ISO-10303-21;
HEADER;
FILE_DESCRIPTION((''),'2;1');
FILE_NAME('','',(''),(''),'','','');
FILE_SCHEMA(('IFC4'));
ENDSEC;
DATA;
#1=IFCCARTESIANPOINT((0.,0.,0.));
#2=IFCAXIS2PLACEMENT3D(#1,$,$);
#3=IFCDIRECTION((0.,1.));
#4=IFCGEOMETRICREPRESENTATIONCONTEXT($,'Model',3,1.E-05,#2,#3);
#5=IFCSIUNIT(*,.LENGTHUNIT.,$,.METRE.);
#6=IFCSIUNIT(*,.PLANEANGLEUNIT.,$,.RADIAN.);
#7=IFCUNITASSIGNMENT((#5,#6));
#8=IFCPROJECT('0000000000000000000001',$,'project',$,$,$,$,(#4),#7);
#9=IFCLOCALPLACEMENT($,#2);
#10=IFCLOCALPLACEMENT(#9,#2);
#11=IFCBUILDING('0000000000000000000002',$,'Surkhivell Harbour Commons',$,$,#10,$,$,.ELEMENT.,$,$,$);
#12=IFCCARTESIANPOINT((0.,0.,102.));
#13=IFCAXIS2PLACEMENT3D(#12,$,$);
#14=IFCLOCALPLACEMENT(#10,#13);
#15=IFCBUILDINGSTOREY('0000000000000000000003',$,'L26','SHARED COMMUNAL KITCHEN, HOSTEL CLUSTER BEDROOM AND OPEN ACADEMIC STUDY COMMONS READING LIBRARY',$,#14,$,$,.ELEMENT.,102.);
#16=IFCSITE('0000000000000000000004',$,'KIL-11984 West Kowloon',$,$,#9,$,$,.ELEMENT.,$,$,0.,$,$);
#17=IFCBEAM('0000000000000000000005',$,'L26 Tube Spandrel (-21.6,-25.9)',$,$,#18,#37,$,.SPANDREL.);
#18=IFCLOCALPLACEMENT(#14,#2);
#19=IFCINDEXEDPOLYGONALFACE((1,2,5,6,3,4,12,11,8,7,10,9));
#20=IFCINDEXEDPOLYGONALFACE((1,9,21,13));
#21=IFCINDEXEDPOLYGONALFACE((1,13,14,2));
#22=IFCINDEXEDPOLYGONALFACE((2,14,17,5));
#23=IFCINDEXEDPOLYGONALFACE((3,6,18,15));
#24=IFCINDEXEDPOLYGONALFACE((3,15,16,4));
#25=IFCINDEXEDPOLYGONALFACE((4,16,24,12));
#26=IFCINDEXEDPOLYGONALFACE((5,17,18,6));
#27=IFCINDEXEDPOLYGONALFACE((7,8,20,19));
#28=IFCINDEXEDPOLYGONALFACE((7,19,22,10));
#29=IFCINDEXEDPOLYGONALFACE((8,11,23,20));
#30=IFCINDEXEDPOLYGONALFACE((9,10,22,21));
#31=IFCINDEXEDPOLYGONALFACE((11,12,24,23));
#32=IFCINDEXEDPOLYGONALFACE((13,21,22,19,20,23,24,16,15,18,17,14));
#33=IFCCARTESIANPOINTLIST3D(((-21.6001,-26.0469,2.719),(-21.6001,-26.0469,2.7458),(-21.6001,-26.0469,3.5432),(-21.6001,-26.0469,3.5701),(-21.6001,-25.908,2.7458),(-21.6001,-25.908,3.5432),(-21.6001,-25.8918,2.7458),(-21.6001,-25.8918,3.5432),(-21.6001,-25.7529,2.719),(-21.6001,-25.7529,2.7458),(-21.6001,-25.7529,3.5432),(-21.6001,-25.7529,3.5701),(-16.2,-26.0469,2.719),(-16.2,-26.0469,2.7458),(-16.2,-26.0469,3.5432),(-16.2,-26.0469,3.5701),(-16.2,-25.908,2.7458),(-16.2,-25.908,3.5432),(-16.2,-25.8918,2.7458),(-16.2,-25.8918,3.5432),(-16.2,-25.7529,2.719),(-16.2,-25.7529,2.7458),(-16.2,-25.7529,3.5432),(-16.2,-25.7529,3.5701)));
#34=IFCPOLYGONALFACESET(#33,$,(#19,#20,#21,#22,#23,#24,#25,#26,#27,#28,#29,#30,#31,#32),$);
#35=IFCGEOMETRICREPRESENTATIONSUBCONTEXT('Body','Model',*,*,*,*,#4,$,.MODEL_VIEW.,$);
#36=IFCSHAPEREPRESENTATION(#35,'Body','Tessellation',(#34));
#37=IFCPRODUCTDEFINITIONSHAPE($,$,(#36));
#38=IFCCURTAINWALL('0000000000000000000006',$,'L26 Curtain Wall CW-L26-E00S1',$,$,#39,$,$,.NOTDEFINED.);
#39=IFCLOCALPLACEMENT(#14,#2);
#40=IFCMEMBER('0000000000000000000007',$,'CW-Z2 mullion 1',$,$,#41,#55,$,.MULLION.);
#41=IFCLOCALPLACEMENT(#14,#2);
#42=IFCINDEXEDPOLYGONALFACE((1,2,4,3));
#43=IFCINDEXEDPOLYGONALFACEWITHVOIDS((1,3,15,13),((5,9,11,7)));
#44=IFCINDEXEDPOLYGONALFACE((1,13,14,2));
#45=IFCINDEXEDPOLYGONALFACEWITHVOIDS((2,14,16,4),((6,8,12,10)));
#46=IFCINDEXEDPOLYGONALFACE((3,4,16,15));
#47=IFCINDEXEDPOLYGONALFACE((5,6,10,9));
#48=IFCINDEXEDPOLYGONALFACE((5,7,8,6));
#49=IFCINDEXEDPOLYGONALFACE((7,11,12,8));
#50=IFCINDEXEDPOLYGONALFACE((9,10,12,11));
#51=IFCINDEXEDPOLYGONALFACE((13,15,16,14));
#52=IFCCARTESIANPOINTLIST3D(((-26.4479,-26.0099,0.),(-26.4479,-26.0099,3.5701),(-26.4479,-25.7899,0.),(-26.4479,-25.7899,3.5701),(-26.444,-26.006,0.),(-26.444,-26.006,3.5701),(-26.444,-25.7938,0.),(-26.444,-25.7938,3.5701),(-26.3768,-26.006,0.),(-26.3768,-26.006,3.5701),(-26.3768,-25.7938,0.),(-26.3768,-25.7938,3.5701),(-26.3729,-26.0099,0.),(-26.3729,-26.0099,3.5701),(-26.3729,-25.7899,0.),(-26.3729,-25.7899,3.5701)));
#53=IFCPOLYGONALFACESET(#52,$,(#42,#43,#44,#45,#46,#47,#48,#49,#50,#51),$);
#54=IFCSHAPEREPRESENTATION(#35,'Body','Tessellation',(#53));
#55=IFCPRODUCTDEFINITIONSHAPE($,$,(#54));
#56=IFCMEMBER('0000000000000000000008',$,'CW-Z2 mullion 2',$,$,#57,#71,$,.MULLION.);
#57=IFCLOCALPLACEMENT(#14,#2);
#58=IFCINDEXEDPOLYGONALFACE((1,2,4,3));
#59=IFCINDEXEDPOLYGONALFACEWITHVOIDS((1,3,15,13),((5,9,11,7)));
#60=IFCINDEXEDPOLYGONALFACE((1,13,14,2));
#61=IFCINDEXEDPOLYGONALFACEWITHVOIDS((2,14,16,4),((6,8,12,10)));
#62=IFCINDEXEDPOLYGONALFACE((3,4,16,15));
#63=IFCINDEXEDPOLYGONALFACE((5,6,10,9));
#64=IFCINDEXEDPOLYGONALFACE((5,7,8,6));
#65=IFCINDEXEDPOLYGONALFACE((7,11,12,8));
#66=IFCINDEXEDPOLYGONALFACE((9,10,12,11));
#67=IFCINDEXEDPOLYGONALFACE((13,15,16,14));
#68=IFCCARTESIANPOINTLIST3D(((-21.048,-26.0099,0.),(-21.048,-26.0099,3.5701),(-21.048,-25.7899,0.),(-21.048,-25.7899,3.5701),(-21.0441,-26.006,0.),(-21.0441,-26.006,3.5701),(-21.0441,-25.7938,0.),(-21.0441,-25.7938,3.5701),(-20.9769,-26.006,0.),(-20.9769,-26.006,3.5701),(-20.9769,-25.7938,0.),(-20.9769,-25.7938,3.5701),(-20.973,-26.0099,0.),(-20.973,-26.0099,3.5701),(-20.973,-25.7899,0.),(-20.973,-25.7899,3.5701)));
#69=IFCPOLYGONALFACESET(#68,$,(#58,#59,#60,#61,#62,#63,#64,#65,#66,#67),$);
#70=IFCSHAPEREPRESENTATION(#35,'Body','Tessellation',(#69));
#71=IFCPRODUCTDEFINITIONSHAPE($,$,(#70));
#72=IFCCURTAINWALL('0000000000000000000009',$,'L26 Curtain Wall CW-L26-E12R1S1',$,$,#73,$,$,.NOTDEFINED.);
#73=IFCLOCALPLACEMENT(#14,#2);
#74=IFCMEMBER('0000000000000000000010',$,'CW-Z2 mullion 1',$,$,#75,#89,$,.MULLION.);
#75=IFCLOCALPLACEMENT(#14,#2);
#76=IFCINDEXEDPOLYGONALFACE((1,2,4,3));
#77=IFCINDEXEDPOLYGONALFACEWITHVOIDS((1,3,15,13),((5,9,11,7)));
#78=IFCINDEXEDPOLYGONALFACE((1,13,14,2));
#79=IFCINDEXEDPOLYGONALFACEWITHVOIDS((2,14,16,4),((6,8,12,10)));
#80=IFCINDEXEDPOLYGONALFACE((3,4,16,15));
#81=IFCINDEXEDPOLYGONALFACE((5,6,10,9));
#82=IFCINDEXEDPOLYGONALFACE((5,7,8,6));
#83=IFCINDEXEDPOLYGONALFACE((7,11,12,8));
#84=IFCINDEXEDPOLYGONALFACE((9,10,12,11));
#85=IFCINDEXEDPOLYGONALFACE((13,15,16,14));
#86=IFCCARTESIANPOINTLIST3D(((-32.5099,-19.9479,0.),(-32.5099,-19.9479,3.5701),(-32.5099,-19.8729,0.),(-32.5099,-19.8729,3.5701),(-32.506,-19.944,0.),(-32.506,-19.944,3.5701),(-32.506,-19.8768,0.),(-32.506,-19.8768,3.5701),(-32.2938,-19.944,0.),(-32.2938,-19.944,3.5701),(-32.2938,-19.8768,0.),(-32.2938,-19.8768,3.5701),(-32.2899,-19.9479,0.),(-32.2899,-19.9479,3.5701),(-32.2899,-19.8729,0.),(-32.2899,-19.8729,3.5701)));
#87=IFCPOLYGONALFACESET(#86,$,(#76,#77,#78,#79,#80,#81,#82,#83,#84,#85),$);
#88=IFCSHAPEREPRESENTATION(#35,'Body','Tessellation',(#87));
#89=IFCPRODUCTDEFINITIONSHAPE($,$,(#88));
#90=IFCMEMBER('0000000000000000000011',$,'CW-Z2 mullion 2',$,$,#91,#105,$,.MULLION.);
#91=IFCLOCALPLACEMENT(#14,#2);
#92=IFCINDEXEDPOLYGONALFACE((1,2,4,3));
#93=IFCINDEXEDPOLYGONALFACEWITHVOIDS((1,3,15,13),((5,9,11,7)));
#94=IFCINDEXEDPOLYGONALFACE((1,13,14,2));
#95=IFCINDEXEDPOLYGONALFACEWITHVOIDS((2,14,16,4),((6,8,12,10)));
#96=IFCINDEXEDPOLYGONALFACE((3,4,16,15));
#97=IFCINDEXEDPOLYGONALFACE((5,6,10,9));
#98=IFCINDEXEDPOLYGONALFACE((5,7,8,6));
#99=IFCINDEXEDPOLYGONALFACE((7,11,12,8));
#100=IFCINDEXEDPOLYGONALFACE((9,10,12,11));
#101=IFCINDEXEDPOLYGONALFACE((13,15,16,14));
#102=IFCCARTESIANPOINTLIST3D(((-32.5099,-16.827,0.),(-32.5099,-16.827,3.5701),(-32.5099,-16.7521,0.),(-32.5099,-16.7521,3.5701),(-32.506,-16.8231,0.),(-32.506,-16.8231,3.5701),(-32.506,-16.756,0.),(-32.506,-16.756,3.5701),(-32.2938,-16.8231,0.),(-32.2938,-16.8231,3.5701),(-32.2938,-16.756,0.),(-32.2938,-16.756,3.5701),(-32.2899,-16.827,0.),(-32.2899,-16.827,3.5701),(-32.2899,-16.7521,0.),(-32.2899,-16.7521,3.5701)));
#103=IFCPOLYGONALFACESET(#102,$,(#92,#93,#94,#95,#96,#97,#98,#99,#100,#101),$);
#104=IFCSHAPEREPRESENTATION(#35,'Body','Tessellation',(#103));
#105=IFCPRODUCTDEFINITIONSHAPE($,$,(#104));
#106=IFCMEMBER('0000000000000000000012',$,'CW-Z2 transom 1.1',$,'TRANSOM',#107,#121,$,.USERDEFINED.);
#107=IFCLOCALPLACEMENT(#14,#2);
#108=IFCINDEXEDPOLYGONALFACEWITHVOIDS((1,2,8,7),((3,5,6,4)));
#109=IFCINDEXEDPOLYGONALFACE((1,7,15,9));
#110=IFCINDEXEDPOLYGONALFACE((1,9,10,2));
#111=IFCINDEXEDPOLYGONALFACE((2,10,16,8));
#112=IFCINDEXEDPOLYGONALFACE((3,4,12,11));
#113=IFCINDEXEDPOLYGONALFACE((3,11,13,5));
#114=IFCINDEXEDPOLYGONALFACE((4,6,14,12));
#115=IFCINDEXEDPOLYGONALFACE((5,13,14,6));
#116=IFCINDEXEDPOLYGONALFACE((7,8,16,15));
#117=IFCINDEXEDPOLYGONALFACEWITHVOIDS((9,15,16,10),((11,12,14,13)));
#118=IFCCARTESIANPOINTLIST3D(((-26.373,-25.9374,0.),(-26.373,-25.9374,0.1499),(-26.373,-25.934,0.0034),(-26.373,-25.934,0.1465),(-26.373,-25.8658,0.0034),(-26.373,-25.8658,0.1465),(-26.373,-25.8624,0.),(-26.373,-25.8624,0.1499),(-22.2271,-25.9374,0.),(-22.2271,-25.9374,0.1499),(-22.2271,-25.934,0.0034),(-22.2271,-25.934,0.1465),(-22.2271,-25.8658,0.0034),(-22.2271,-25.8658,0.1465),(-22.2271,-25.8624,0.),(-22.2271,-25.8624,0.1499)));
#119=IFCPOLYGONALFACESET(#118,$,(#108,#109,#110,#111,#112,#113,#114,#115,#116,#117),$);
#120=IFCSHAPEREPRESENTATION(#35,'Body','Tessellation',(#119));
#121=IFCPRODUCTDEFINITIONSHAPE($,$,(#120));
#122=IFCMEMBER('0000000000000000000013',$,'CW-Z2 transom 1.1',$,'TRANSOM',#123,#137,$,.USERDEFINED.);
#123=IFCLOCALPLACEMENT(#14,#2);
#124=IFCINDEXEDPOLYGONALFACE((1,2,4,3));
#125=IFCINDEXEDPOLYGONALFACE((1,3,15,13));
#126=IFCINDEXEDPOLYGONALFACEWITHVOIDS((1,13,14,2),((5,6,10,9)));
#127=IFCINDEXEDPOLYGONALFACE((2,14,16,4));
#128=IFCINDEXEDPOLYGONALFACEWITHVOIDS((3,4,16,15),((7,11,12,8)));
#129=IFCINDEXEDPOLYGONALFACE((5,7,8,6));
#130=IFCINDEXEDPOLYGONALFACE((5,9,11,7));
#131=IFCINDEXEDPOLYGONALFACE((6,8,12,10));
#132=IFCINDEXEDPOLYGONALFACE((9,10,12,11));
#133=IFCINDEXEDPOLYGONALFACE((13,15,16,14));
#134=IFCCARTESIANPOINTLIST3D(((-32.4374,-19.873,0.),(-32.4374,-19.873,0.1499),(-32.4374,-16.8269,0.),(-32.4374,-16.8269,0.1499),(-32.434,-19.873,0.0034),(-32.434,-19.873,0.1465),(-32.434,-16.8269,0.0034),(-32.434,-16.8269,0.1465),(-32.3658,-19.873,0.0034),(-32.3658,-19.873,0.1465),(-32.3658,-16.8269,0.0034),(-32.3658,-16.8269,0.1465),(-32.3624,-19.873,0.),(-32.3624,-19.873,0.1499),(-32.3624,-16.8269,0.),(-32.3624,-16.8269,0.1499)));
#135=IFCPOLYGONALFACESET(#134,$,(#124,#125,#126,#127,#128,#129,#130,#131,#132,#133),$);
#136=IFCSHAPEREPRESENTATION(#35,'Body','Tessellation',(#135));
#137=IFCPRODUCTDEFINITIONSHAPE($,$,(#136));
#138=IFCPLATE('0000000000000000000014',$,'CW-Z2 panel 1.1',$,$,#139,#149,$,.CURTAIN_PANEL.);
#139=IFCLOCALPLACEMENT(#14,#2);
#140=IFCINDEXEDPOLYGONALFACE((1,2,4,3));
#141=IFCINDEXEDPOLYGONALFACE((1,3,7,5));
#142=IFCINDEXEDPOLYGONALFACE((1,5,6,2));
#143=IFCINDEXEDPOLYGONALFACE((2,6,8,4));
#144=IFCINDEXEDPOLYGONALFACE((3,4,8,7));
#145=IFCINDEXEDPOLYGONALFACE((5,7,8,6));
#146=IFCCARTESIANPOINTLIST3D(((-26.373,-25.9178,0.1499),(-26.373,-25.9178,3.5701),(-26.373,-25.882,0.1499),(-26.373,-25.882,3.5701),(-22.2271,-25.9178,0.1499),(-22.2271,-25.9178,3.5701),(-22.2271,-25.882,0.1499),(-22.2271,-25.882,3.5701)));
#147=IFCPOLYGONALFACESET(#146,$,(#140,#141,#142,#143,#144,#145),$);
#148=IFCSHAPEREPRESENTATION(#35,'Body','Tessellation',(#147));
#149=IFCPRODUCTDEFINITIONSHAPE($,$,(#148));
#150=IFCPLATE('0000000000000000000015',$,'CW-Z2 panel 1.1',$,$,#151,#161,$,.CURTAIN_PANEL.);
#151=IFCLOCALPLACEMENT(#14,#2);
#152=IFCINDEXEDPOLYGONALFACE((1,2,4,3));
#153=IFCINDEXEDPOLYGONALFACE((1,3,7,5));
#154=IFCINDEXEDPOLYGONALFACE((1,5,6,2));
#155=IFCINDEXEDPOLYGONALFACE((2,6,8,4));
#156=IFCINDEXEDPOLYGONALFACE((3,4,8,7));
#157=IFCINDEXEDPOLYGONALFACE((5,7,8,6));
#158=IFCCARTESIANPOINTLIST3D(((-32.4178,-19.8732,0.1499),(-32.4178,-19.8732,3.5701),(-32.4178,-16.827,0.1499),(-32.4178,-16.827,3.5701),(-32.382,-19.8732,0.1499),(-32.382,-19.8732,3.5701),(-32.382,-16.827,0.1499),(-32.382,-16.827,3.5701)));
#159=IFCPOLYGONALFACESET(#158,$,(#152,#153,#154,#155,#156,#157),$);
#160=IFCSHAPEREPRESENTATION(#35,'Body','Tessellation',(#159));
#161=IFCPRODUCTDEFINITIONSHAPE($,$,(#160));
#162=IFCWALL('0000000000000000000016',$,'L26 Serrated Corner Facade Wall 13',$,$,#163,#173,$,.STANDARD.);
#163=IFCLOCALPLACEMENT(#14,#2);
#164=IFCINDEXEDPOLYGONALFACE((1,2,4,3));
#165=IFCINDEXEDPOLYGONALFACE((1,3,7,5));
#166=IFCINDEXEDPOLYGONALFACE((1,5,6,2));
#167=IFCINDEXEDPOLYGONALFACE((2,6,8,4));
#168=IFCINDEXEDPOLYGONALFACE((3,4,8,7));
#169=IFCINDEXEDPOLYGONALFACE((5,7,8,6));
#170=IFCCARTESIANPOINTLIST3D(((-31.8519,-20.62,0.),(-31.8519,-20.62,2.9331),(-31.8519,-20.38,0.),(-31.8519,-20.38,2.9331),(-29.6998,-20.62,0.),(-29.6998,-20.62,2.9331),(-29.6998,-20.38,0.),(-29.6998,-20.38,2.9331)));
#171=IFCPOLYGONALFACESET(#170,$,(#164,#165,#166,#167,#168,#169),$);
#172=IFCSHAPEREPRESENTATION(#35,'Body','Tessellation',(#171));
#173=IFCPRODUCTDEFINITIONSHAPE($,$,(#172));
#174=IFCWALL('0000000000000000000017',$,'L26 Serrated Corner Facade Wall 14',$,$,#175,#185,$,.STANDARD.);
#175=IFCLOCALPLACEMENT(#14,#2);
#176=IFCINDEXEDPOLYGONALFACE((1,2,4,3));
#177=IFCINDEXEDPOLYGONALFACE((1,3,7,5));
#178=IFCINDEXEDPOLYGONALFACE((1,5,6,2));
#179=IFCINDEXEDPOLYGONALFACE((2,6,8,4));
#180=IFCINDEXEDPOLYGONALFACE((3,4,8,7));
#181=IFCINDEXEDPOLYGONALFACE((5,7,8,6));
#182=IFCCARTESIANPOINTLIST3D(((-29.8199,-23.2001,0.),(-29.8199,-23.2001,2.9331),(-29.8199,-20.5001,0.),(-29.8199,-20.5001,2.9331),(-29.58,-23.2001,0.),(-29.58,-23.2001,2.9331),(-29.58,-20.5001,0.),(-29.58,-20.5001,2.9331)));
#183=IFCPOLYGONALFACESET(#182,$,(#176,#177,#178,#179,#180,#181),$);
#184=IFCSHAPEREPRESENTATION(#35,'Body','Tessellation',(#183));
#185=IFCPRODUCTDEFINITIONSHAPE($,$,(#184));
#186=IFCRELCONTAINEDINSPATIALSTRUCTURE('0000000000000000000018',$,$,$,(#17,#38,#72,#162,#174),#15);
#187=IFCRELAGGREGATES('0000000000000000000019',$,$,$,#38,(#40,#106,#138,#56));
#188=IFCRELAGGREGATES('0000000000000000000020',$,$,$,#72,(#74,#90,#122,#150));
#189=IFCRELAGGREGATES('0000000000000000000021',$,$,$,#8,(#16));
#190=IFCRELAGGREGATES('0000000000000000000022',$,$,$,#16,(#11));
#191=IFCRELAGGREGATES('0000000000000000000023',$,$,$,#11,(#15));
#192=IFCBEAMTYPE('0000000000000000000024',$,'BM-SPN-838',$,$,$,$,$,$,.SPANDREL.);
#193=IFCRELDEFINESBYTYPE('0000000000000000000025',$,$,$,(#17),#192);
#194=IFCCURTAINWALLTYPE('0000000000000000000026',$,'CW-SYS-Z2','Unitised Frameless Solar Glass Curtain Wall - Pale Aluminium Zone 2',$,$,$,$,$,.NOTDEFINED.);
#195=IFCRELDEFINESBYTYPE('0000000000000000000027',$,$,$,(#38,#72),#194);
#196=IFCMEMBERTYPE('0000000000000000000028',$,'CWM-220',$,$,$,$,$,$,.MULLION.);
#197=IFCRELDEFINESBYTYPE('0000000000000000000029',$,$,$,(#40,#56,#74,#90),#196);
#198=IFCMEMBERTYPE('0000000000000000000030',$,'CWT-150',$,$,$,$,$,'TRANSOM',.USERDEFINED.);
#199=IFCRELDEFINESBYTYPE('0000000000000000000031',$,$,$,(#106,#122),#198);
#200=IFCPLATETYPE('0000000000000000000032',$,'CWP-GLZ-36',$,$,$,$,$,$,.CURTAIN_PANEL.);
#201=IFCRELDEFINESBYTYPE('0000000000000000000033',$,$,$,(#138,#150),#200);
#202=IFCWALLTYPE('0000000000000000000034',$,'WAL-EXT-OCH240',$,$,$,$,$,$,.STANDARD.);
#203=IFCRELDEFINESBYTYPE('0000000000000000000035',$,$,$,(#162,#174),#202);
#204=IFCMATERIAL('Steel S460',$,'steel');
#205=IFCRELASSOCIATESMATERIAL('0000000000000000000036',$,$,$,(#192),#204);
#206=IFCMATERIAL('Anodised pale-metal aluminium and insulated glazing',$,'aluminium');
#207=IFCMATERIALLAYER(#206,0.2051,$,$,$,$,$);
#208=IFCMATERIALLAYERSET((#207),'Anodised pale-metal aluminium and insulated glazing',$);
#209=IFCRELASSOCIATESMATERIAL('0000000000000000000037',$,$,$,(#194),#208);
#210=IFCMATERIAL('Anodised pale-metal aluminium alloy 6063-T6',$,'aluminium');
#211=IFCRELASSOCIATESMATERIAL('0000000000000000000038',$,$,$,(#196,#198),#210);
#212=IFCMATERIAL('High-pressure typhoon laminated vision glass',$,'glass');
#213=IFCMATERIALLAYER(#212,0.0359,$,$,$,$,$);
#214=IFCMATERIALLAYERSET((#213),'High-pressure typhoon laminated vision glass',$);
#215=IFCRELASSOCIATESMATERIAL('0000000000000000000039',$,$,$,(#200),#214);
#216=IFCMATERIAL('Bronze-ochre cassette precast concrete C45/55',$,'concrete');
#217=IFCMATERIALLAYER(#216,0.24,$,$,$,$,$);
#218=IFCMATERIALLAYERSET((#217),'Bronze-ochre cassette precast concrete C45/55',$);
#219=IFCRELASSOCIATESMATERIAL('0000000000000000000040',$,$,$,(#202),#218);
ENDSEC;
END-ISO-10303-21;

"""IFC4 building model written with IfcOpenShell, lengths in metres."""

from ifc_helpers import new_model, si_unit, direction, frame, frame_2d, origin, origin_2d, place, context, subcontext, project, spatial, rectangle, hollow_rectangle, i_section, extrude, material, layer, layer_set, material_profile, profile_set, type_object, element, aggregate, save


model = new_model("IFC4")

# Units and contexts
model_context = context("Model", 3, precision=1e-05, world=origin(), true_north=direction((0.0, 1.0)))
body_context = subcontext(model_context, "Body", "Model", "MODEL_VIEW")
ifc_project = project(units=[si_unit("LENGTHUNIT", "METRE"), si_unit("PLANEANGLEUNIT", "RADIAN")], contexts=[model_context])

# Site, building, storey
site_placement = place(None, origin())
site = spatial("IfcSite", under=ifc_project, at=site_placement, Name="KIL-11984 West Kowloon", CompositionType="ELEMENT", RefElevation=0.0)
building_placement = place(site_placement, origin())
building = spatial("IfcBuilding", under=site, at=building_placement, Name="Surkhivell Harbour Commons", CompositionType="ELEMENT")
storey_placement = place(building_placement, frame((0.0, 0.0, 102.0)))
storey = spatial("IfcBuildingStorey", under=building, at=storey_placement, Name="L26", Description="SHARED COMMUNAL KITCHEN, HOSTEL CLUSTER BEDROOM AND OPEN ACADEMIC STUDY COMMONS READING LIBRARY", CompositionType="ELEMENT", Elevation=102.0)

# Beam
ifc_material_1 = material(Name="Steel S460", Category="steel")
ifc_material_profile_1 = material_profile(ifc_material_1, i_section(OverallWidth=0.2939, OverallDepth=0.8511, WebThickness=0.0161, FlangeThickness=0.0269, at=origin_2d()), Name="UB838x292x226")
ifc_profile_set_1 = profile_set([ifc_material_profile_1], Name="Steel S460")
beam_type_1 = type_object("IfcBeamType", Name="BM-SPN-838", PredefinedType="SPANDREL", material=ifc_profile_set_1)
beam_1_placement = place(storey_placement, frame((-21.6001, -25.8999, 3.1445), z_axis=(1.0, 0.0, 0.0), x_axis=(0.0, 1.0, 0.0)))
element("IfcBeam", 1, at=beam_1_placement, inside=storey, type_object=beam_type_1, Name="L26 Tube Spandrel (-21.6,-25.9)", PredefinedType="SPANDREL", context=body_context, shape_type="SweptSolid", body=[
    extrude(i_section(OverallWidth=0.2939, OverallDepth=0.8511, WebThickness=0.0161, FlangeThickness=0.0269, at=origin_2d()), origin(), (0.0, 0.0, 1.0), 5.4001),
])

# Curtain walls, members
ifc_material_2 = material(Name="Anodised pale-metal aluminium and insulated glazing", Category="aluminium")
ifc_layer_1 = layer(ifc_material_2, 0.2051)
ifc_layer_set_1 = layer_set([ifc_layer_1], Name="Anodised pale-metal aluminium and insulated glazing")
curtain_wall_type = type_object("IfcCurtainWallType", Name="CW-SYS-Z2", Description="Unitised Frameless Solar Glass Curtain Wall - Pale Aluminium Zone 2", PredefinedType="NOTDEFINED", material=ifc_layer_set_1)
curtain_wall_1_placement = place(storey_placement, origin())
curtain_wall_1 = element("IfcCurtainWall", 2, at=curtain_wall_1_placement, inside=storey, type_object=curtain_wall_type, Name="L26 Curtain Wall CW-L26-E00S1", PredefinedType="NOTDEFINED")
ifc_material_3 = material(Name="Anodised pale-metal aluminium alloy 6063-T6", Category="aluminium")
ifc_material_profile_2 = material_profile(ifc_material_3, hollow_rectangle(XDim=0.075, YDim=0.22, WallThickness=0.0039, at=origin_2d()), Name="ALU-MULL-75x220")
ifc_profile_set_2 = profile_set([ifc_material_profile_2], Name="Anodised pale-metal aluminium alloy 6063-T6")
member_type_1 = type_object("IfcMemberType", Name="CWM-220", PredefinedType="MULLION", material=ifc_profile_set_2)
member_1_placement = place(storey_placement, frame((-26.4104, -25.8999, 0.0), z_axis=(0.0, 0.0, 1.0), x_axis=(1.0, 0.0, 0.0)))
member_1 = element("IfcMember", 3, at=member_1_placement, type_object=member_type_1, Name="CW-Z2 mullion 1", PredefinedType="MULLION", context=body_context, shape_type="SweptSolid", body=[
    extrude(hollow_rectangle(XDim=0.075, YDim=0.22, WallThickness=0.0039, at=origin_2d()), origin(), (0.0, 0.0, 1.0), 3.5701),
])
member_2_placement = place(storey_placement, frame((-21.0105, -25.8999, 0.0), z_axis=(0.0, 0.0, 1.0), x_axis=(1.0, 0.0, 0.0)))
member_2 = element("IfcMember", 4, at=member_2_placement, type_object=member_type_1, Name="CW-Z2 mullion 2", PredefinedType="MULLION", context=body_context, shape_type="SweptSolid", body=[
    extrude(hollow_rectangle(XDim=0.075, YDim=0.22, WallThickness=0.0039, at=origin_2d()), origin(), (0.0, 0.0, 1.0), 3.5701),
])
curtain_wall_2_placement = place(storey_placement, origin())
curtain_wall_2 = element("IfcCurtainWall", 5, at=curtain_wall_2_placement, inside=storey, type_object=curtain_wall_type, Name="L26 Curtain Wall CW-L26-E12R1S1", PredefinedType="NOTDEFINED")
member_3_placement = place(storey_placement, frame((-32.3999, -19.9104, 0.0), z_axis=(0.0, 0.0, 1.0), x_axis=(0.0, 1.0, 0.0)))
member_3 = element("IfcMember", 6, at=member_3_placement, type_object=member_type_1, Name="CW-Z2 mullion 1", PredefinedType="MULLION", context=body_context, shape_type="SweptSolid", body=[
    extrude(hollow_rectangle(XDim=0.075, YDim=0.22, WallThickness=0.0039, at=origin_2d()), origin(), (0.0, 0.0, 1.0), 3.5701),
])
member_4_placement = place(storey_placement, frame((-32.3999, -16.7896, 0.0), z_axis=(0.0, 0.0, 1.0), x_axis=(0.0, 1.0, 0.0)))
member_4 = element("IfcMember", 7, at=member_4_placement, type_object=member_type_1, Name="CW-Z2 mullion 2", PredefinedType="MULLION", context=body_context, shape_type="SweptSolid", body=[
    extrude(hollow_rectangle(XDim=0.075, YDim=0.22, WallThickness=0.0039, at=origin_2d()), origin(), (0.0, 0.0, 1.0), 3.5701),
])

# Members
ifc_material_profile_3 = material_profile(ifc_material_3, hollow_rectangle(XDim=0.075, YDim=0.1499, WallThickness=0.0034, at=origin_2d()), Name="ALU-TRAN-75x150")
ifc_profile_set_3 = profile_set([ifc_material_profile_3], Name="Anodised pale-metal aluminium alloy 6063-T6")
member_type_2 = type_object("IfcMemberType", Name="CWT-150", ElementType="TRANSOM", PredefinedType="USERDEFINED", material=ifc_profile_set_3)
member_5_placement = place(storey_placement, frame((-26.373, -25.8999, 0.075), z_axis=(1.0, 0.0, 0.0), x_axis=(0.0, 1.0, 0.0)))
member_5 = element("IfcMember", 8, at=member_5_placement, type_object=member_type_2, Name="CW-Z2 transom 1.1", ObjectType="TRANSOM", PredefinedType="USERDEFINED", context=body_context, shape_type="SweptSolid", body=[
    extrude(hollow_rectangle(XDim=0.075, YDim=0.1499, WallThickness=0.0034, at=origin_2d()), origin(), (0.0, 0.0, 1.0), 4.146),
])
member_6_placement = place(storey_placement, frame((-32.3999, -19.873, 0.075), z_axis=(0.0, 1.0, 0.0), x_axis=(-1.0, 0.0, 0.0)))
member_6 = element("IfcMember", 9, at=member_6_placement, type_object=member_type_2, Name="CW-Z2 transom 1.1", ObjectType="TRANSOM", PredefinedType="USERDEFINED", context=body_context, shape_type="SweptSolid", body=[
    extrude(hollow_rectangle(XDim=0.075, YDim=0.1499, WallThickness=0.0034, at=origin_2d()), origin(), (0.0, 0.0, 1.0), 3.0461),
])

# Plates
ifc_material_4 = material(Name="High-pressure typhoon laminated vision glass", Category="glass")
ifc_layer_2 = layer(ifc_material_4, 0.0359)
ifc_layer_set_2 = layer_set([ifc_layer_2], Name="High-pressure typhoon laminated vision glass")
plate_type = type_object("IfcPlateType", Name="CWP-GLZ-36", PredefinedType="CURTAIN_PANEL", material=ifc_layer_set_2)
plate_1_placement = place(storey_placement, frame((-26.373, -25.8999, 0.1499), z_axis=(0.0, 0.0, 1.0), x_axis=(1.0, 0.0, 0.0)))
plate_1 = element("IfcPlate", 10, at=plate_1_placement, type_object=plate_type, Name="CW-Z2 panel 1.1", PredefinedType="CURTAIN_PANEL", context=body_context, shape_type="SweptSolid", body=[
    extrude(rectangle(XDim=4.146, YDim=0.0359, at=frame_2d((2.073, 0.0))), origin(), (0.0, 0.0, 1.0), 3.4202),
])
aggregate(curtain_wall_1, [member_1, member_5, plate_1, member_2])
plate_2_placement = place(storey_placement, frame((-32.3999, -19.873, 0.1499), z_axis=(0.0, 0.0, 1.0), x_axis=(0.0, 1.0, 0.0)))
plate_2 = element("IfcPlate", 11, at=plate_2_placement, type_object=plate_type, Name="CW-Z2 panel 1.1", PredefinedType="CURTAIN_PANEL", context=body_context, shape_type="SweptSolid", body=[
    extrude(rectangle(XDim=3.0461, YDim=0.0359, at=frame_2d((1.5229, 0.0))), origin(), (0.0, 0.0, 1.0), 3.4202),
])
aggregate(curtain_wall_2, [member_3, member_4, member_6, plate_2])

# Walls
ifc_material_5 = material(Name="Bronze-ochre cassette precast concrete C45/55", Category="concrete")
ifc_layer_3 = layer(ifc_material_5, 0.24)
ifc_layer_set_3 = layer_set([ifc_layer_3], Name="Bronze-ochre cassette precast concrete C45/55")
wall_type = type_object("IfcWallType", Name="WAL-EXT-OCH240", PredefinedType="STANDARD", material=ifc_layer_set_3)
wall_1_placement = place(storey_placement, frame((-31.8521, -20.5, 0.0), z_axis=(0.0, 0.0, 1.0), x_axis=(1.0, 0.0, 0.0)))
element("IfcWall", 12, at=wall_1_placement, inside=storey, type_object=wall_type, Name="L26 Serrated Corner Facade Wall 13", PredefinedType="STANDARD", context=body_context, shape_type="SweptSolid", body=[
    extrude(rectangle(XDim=2.1521, YDim=0.24, at=frame_2d((1.0762, 0.0))), origin(), (0.0, 0.0, 1.0), 2.9331),
])
for number, where, z_axis, x_axis, name in (
    (13, (-29.7, -20.5, 0.0), (0.0, 0.0, 1.0), (0.0, -1.0, 0.0), "L26 Serrated Corner Facade Wall 14"),
):
    element("IfcWall", number, at=place(storey_placement, frame(where, z_axis=z_axis, x_axis=x_axis)), inside=storey, type_object=wall_type, Name=name, PredefinedType="STANDARD", context=body_context, shape_type="SweptSolid", body=[
        extrude(rectangle(XDim=2.7, YDim=0.24, at=frame_2d((1.3501, 0.0))), origin(), (0.0, 0.0, 1.0), 2.9331),
    ])

save(model, "model.ifc")
